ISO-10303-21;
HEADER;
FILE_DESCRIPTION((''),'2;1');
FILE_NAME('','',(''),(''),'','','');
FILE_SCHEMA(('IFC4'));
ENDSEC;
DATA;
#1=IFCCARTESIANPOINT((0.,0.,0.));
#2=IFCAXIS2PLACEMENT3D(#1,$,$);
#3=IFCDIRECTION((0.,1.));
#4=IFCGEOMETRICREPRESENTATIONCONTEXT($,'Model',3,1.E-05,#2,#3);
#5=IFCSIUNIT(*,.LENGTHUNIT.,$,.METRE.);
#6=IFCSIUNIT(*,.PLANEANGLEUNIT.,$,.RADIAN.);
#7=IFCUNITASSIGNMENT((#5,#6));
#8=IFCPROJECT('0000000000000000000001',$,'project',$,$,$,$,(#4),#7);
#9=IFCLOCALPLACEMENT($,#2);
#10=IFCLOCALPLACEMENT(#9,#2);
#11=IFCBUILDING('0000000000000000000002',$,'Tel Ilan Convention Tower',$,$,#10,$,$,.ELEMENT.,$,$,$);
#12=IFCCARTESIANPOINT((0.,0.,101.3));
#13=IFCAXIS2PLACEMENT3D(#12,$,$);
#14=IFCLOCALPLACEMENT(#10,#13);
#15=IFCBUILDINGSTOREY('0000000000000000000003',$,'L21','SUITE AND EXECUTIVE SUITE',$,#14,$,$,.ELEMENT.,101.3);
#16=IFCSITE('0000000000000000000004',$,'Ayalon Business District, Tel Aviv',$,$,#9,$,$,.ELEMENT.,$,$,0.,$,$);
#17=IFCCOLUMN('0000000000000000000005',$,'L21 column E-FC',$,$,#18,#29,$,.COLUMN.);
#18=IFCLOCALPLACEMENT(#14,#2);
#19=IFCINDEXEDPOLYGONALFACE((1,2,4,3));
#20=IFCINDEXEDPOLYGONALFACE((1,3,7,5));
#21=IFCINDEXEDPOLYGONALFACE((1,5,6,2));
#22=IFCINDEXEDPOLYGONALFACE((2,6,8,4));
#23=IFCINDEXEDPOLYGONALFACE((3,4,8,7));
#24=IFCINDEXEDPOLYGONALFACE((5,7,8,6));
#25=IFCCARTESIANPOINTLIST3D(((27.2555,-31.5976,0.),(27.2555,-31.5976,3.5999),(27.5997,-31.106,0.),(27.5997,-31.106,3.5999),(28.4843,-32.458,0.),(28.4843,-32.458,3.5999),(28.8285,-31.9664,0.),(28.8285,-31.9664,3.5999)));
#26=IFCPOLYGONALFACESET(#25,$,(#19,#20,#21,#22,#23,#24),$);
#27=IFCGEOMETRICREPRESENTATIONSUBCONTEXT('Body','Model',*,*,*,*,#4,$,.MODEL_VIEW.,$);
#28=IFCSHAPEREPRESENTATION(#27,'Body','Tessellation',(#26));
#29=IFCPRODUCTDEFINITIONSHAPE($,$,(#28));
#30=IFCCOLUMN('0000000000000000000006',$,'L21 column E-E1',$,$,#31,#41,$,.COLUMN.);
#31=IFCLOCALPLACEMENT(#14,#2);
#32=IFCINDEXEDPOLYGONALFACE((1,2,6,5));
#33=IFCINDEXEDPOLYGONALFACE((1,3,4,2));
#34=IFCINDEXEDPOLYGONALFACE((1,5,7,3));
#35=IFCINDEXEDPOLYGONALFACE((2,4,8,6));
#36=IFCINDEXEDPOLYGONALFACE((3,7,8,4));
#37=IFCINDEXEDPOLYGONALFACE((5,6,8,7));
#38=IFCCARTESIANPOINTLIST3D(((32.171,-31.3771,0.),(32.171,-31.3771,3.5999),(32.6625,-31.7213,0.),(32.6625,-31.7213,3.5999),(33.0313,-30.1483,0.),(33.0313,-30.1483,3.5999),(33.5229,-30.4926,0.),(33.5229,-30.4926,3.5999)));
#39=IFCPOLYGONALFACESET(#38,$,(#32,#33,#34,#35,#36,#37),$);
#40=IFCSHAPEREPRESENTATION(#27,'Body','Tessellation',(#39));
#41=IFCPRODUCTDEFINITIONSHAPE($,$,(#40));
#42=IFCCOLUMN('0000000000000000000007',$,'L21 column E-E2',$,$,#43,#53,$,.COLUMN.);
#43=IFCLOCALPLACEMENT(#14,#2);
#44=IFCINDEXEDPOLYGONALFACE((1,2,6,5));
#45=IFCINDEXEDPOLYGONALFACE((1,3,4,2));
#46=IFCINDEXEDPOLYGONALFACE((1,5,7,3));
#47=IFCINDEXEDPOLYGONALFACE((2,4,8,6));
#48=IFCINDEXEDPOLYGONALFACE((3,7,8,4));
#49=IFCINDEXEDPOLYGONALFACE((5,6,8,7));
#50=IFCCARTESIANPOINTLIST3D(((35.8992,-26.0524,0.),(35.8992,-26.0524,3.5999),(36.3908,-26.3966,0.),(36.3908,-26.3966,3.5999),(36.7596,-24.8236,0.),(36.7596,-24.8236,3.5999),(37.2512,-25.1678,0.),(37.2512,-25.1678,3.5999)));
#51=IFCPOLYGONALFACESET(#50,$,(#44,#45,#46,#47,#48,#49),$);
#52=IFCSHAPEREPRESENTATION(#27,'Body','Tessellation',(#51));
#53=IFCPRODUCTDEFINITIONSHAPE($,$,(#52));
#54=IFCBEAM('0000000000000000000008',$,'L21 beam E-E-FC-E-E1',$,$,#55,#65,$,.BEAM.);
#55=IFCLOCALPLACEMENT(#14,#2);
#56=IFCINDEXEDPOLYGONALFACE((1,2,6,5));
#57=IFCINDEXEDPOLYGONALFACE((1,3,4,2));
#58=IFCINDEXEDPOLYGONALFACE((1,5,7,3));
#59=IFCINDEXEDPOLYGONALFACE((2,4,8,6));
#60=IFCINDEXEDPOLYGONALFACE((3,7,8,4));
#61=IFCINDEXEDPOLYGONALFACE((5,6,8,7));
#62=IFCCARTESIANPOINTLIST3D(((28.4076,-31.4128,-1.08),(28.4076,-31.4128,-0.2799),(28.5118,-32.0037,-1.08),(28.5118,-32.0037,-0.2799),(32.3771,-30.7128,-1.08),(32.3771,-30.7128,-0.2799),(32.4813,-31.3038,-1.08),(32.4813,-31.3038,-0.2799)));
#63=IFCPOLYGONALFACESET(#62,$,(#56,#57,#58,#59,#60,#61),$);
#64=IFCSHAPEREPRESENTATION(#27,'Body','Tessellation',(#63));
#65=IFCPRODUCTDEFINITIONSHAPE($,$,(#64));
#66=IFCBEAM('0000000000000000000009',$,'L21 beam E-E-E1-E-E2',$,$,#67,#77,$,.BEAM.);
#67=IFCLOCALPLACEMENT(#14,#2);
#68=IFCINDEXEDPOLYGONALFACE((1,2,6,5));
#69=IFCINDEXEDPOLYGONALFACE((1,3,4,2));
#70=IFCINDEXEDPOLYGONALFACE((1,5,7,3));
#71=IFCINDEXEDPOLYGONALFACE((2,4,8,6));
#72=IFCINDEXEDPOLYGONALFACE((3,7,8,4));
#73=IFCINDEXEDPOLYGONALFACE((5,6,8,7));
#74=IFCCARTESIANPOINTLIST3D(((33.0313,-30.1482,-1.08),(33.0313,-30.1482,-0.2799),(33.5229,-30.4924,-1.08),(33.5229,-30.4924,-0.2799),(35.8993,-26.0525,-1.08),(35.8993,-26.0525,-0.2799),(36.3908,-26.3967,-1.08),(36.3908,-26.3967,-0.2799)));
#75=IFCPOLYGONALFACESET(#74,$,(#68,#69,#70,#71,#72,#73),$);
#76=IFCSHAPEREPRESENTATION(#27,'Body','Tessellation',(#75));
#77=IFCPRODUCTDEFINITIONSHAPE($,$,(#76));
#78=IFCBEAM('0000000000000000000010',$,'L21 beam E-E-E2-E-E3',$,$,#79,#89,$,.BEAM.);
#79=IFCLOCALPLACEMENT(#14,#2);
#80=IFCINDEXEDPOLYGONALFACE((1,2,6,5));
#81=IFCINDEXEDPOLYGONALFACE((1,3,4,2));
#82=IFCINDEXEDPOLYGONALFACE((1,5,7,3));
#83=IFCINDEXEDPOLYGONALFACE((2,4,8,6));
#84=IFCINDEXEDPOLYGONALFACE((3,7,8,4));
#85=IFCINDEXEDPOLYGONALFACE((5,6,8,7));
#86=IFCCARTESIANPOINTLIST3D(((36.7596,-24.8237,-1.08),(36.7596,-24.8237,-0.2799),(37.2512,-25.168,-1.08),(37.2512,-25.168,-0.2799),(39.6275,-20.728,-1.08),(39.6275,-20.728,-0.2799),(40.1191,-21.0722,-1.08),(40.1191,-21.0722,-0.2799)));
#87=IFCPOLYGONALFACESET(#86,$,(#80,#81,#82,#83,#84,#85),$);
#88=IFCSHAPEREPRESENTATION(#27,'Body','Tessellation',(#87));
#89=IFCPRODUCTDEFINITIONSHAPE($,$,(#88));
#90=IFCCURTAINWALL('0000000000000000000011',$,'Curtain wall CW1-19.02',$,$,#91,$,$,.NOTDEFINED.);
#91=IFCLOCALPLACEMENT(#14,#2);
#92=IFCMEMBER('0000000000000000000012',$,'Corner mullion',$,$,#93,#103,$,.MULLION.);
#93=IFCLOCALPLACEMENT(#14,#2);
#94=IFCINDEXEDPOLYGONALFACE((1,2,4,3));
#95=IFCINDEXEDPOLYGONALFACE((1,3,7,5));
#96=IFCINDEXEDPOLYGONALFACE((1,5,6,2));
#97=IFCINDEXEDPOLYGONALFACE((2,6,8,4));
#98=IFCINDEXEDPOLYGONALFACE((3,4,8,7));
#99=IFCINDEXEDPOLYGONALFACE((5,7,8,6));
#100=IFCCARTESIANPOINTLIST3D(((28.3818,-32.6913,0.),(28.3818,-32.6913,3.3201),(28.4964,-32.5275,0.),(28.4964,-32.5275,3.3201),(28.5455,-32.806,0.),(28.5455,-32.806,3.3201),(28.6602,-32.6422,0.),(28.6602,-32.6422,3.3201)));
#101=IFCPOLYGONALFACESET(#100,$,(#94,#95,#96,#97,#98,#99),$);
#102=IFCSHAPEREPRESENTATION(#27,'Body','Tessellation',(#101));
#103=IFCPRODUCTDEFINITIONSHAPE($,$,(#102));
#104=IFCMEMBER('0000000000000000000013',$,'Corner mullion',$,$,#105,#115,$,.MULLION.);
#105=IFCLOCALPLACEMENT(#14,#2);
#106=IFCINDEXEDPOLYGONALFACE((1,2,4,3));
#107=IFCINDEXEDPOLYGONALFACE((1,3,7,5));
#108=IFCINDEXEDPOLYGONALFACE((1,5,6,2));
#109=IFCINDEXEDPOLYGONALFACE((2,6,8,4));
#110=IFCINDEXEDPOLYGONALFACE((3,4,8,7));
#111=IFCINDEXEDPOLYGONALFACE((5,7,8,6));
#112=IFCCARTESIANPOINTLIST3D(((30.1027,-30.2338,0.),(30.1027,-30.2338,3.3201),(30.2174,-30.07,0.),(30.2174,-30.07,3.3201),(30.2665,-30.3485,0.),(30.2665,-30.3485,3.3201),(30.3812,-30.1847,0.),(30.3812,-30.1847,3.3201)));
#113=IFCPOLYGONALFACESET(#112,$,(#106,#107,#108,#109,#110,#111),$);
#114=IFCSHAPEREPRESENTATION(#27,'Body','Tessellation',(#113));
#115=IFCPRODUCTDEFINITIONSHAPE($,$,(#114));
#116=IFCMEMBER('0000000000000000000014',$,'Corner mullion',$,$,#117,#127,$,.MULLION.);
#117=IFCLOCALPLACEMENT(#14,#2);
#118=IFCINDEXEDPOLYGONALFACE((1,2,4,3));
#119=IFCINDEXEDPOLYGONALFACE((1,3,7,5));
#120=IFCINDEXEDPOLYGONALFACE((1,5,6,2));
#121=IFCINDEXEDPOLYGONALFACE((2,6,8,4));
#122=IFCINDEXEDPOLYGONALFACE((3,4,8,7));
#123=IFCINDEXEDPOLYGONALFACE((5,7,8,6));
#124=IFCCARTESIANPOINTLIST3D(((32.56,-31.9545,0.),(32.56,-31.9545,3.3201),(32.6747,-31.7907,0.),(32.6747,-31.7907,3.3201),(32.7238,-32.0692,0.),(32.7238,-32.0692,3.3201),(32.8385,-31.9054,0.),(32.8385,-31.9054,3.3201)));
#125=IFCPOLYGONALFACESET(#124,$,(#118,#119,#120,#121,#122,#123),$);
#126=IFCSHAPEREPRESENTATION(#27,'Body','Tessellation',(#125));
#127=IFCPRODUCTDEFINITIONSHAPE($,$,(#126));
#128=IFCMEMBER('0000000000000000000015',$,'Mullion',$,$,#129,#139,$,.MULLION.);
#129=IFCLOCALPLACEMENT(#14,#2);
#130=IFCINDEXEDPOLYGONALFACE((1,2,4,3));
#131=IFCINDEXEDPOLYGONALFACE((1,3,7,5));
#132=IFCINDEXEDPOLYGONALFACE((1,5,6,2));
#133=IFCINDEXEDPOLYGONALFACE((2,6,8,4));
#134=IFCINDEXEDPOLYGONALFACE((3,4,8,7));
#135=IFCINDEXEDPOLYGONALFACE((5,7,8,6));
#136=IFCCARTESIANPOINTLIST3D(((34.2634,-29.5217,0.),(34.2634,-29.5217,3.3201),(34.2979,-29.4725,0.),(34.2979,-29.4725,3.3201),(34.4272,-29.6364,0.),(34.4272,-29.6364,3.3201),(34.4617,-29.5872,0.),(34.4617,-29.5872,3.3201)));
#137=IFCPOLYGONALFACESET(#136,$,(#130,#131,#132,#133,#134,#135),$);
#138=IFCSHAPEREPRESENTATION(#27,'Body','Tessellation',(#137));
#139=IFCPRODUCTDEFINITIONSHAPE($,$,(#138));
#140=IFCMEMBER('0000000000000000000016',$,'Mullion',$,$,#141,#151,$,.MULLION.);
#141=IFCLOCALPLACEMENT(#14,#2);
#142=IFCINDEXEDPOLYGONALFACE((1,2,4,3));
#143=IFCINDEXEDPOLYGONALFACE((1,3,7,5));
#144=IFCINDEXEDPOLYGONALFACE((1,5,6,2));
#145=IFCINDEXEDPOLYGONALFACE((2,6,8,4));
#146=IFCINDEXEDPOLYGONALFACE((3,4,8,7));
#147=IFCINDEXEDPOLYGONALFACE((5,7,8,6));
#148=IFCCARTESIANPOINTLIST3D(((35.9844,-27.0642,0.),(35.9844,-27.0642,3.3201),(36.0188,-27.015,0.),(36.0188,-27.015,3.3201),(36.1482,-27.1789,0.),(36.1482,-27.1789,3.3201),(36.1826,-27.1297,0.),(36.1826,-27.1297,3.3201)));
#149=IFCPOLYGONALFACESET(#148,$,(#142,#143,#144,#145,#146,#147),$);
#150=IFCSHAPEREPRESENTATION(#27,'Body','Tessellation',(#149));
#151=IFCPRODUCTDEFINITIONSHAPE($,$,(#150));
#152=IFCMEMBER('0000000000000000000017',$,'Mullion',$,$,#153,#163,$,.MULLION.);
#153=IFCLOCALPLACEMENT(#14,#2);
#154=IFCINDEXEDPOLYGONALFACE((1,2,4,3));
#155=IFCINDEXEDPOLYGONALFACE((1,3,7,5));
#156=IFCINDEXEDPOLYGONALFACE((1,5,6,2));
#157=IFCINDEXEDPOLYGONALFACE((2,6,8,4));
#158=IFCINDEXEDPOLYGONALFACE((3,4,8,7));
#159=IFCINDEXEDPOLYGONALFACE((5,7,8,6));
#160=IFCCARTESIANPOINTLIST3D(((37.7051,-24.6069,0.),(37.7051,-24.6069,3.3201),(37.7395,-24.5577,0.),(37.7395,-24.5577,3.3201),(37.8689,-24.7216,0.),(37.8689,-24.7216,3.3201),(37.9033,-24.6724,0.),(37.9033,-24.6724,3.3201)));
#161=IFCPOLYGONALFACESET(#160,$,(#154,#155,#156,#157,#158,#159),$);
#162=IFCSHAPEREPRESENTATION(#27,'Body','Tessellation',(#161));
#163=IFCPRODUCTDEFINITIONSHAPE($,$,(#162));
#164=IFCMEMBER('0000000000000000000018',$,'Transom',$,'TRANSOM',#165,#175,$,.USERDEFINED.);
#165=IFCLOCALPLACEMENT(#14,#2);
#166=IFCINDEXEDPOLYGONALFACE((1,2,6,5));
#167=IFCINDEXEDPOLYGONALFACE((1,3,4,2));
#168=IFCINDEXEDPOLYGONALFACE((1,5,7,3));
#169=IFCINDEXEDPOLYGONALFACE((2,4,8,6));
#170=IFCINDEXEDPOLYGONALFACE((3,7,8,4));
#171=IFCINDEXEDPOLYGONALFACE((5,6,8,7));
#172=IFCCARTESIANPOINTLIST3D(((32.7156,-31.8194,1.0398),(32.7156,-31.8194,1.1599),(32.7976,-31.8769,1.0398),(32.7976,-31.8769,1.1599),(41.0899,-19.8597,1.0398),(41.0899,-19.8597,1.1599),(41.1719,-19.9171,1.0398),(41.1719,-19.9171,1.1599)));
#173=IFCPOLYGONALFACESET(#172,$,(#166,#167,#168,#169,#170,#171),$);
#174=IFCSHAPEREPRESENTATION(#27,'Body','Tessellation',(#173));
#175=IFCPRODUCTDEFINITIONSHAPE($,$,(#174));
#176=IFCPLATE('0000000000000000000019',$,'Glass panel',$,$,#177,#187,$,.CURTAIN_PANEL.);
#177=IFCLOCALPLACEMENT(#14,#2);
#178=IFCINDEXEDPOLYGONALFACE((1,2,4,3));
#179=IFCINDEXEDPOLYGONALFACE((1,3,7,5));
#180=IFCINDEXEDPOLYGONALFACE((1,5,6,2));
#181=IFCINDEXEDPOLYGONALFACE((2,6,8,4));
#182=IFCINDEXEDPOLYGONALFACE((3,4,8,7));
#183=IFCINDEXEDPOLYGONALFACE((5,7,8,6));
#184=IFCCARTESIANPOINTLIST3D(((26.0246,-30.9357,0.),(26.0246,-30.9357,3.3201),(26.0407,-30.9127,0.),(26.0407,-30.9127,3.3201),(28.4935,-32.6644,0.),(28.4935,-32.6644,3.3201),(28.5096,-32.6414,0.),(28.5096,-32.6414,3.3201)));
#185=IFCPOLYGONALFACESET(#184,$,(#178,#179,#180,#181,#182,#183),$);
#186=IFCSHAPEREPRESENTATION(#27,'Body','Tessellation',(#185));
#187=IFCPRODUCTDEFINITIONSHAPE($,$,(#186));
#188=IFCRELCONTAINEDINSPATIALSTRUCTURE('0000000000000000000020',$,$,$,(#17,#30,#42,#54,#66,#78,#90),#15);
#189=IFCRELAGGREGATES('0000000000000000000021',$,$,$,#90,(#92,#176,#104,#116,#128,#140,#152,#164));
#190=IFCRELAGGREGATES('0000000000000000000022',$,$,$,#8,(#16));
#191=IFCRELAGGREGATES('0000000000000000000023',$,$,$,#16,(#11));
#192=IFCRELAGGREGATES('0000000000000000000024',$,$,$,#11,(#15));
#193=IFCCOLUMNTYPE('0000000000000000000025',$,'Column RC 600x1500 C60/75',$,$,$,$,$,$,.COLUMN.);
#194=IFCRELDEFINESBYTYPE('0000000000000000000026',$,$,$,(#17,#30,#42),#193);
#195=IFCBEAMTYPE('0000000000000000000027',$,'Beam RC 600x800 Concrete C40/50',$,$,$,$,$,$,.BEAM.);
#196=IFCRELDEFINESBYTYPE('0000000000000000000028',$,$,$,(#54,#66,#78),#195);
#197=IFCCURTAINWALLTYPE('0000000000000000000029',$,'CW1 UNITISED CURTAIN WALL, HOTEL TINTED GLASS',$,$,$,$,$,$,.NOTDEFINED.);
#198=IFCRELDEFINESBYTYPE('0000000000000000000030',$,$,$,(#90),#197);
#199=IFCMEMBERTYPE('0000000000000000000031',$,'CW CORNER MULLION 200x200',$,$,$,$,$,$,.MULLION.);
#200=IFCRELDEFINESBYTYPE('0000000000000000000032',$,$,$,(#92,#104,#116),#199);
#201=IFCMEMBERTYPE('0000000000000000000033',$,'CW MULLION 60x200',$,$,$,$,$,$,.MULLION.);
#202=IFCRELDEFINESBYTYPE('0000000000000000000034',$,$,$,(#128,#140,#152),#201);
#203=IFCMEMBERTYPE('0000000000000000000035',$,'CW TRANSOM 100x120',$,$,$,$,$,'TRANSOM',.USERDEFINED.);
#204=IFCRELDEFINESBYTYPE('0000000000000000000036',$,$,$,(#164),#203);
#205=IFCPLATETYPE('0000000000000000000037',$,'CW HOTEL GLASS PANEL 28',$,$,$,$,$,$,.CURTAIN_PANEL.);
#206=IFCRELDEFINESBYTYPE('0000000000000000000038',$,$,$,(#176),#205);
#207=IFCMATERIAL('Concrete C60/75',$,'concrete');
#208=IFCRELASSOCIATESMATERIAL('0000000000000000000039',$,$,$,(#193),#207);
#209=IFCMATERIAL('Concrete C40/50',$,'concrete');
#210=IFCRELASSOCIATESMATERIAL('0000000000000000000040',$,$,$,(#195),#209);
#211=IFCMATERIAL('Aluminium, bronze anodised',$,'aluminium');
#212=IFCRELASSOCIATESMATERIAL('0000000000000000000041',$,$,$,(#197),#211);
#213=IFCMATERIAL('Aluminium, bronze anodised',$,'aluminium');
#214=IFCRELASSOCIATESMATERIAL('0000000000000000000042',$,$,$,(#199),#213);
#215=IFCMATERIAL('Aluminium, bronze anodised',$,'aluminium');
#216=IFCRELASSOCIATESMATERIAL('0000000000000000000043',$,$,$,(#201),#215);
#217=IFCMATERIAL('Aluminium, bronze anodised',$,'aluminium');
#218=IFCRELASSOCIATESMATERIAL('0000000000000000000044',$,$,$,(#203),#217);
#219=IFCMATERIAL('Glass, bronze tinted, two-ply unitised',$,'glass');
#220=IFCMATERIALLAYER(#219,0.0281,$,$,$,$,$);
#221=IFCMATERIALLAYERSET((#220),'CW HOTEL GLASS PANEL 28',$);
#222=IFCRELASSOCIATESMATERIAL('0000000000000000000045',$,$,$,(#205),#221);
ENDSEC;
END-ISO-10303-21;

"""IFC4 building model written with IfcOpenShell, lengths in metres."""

from ifc_helpers import new_model, si_unit, direction, frame, origin, origin_2d, place, context, subcontext, project, spatial, rectangle, extrude, material, layer, layer_set, material_profile, profile_set, type_object, element, aggregate, save


model = new_model("IFC4")

# Units and contexts
model_context = context("Model", 3, precision=1e-05, world=origin(), true_north=direction((0.0, 1.0)))
body_context = subcontext(model_context, "Body", "Model", "MODEL_VIEW")
ifc_project = project(units=[si_unit("LENGTHUNIT", "METRE"), si_unit("PLANEANGLEUNIT", "RADIAN")], contexts=[model_context])

# Site, building, storey
site_placement = place(None, origin())
site = spatial("IfcSite", under=ifc_project, at=site_placement, Name="Ayalon Business District, Tel Aviv", CompositionType="ELEMENT", RefElevation=0.0)
building_placement = place(site_placement, origin())
building = spatial("IfcBuilding", under=site, at=building_placement, Name="Tel Ilan Convention Tower", CompositionType="ELEMENT")
storey_placement = place(building_placement, frame((0.0, 0.0, 101.3)))
storey = spatial("IfcBuildingStorey", under=building, at=storey_placement, Name="L21", Description="SUITE AND EXECUTIVE SUITE", CompositionType="ELEMENT", Elevation=101.3)

# Columns
ifc_material_1 = material(Name="Concrete C60/75", Category="concrete")
ifc_material_profile_1 = material_profile(ifc_material_1, rectangle(XDim=1.5, YDim=0.6001, at=origin_2d()), Name="RC 600x1500")
ifc_profile_set_1 = profile_set([ifc_material_profile_1], Name="Concrete C60/75")
column_type = type_object("IfcColumnType", Name="Column RC 600x1500 C60/75", PredefinedType="COLUMN", material=ifc_profile_set_1)
for number, where, z_axis, x_axis, name in (
    (1, (28.042, -31.782, 0.0), (0.0, 0.0, 1.0), (0.819152, -0.573576, 0.0), "L21 column E-FC"),
    (2, (32.8469, -30.9348, 0.0), (0.0, 0.0, 1.0), (0.573576, 0.819152, 0.0), "L21 column E-E1"),
    (3, (36.5752, -25.6101, 0.0), (0.0, 0.0, 1.0), (0.573576, 0.819152, 0.0), "L21 column E-E2"),
):
    element("IfcColumn", number, at=place(storey_placement, frame(where, z_axis=z_axis, x_axis=x_axis)), inside=storey, type_object=column_type, Name=name, PredefinedType="COLUMN", context=body_context, shape_type="SweptSolid", body=[
        extrude(rectangle(XDim=1.5, YDim=0.6001, at=origin_2d()), origin(), (0.0, 0.0, 1.0), 3.5999),
    ])

# Beams
ifc_material_2 = material(Name="Concrete C40/50", Category="concrete")
ifc_material_profile_2 = material_profile(ifc_material_2, rectangle(XDim=0.6001, YDim=0.8, at=origin_2d()), Name="RC 600x800")
ifc_profile_set_2 = profile_set([ifc_material_profile_2], Name="Concrete C40/50")
beam_type = type_object("IfcBeamType", Name="Beam RC 600x800 Concrete C40/50", PredefinedType="BEAM", material=ifc_profile_set_2)
beam_placement = place(storey_placement, frame((28.4597, -31.7083, -0.6799), z_axis=(0.984807, 0.173654, 0.0), x_axis=(-0.173654, 0.984807, 0.0)))
element("IfcBeam", 4, at=beam_placement, inside=storey, type_object=beam_type, Name="L21 beam E-E-FC-E-E1", PredefinedType="BEAM", context=body_context, shape_type="SweptSolid", body=[
    extrude(rectangle(XDim=0.6001, YDim=0.8, at=origin_2d()), origin(), (0.0, 0.0, 1.0), 4.0308),
])
for number, where, z_axis, x_axis, name in (
    (5, (33.2771, -30.3203, -0.6799), (0.573587, 0.819145, 0.0), (-0.819145, 0.573587, 0.0), "L21 beam E-E-E1-E-E2"),
    (6, (37.0054, -24.9958, -0.6799), (0.573587, 0.819145, 0.0), (-0.819145, 0.573587, 0.0), "L21 beam E-E-E2-E-E3"),
):
    element("IfcBeam", number, at=place(storey_placement, frame(where, z_axis=z_axis, x_axis=x_axis)), inside=storey, type_object=beam_type, Name=name, PredefinedType="BEAM", context=body_context, shape_type="SweptSolid", body=[
        extrude(rectangle(XDim=0.6001, YDim=0.8, at=origin_2d()), origin(), (0.0, 0.0, 1.0), 5.0),
    ])

# Curtain wall, members, plate
ifc_material_3 = material(Name="Aluminium, bronze anodised", Category="aluminium")
curtain_wall_type = type_object("IfcCurtainWallType", Name="CW1 UNITISED CURTAIN WALL, HOTEL TINTED GLASS", PredefinedType="NOTDEFINED", material=ifc_material_3)
curtain_wall_placement = place(storey_placement, origin())
curtain_wall = element("IfcCurtainWall", 7, at=curtain_wall_placement, inside=storey, type_object=curtain_wall_type, Name="Curtain wall CW1-19.02", PredefinedType="NOTDEFINED")
ifc_material_4 = material(Name="Aluminium, bronze anodised", Category="aluminium")
ifc_material_profile_3 = material_profile(ifc_material_4, rectangle(XDim=0.2, YDim=0.2, at=origin_2d()), Name="CW CORNER MULLION 200x200")
ifc_profile_set_3 = profile_set([ifc_material_profile_3], Name="Aluminium, bronze anodised")
member_type_1 = type_object("IfcMemberType", Name="CW CORNER MULLION 200x200", PredefinedType="MULLION", material=ifc_profile_set_3)
member_1_placement = place(storey_placement, frame((28.521, -32.6667, 0.0), z_axis=(0.0, 0.0, 1.0), x_axis=(0.819152, -0.573576, 0.0)))
member_1 = element("IfcMember", 8, at=member_1_placement, type_object=member_type_1, Name="Corner mullion", PredefinedType="MULLION", context=body_context, shape_type="SweptSolid", body=[
    extrude(rectangle(XDim=0.2, YDim=0.2, at=origin_2d()), origin(), (0.0, 0.0, 1.0), 3.3201),
])
member_2_placement = place(storey_placement, frame((30.2419, -30.2092, 0.0), z_axis=(0.0, 0.0, 1.0), x_axis=(0.573576, 0.819152, 0.0)))
member_2 = element("IfcMember", 9, at=member_2_placement, type_object=member_type_1, Name="Corner mullion", PredefinedType="MULLION", context=body_context, shape_type="SweptSolid", body=[
    extrude(rectangle(XDim=0.2, YDim=0.2, at=origin_2d()), origin(), (0.0, 0.0, 1.0), 3.3201),
])
member_3_placement = place(storey_placement, frame((32.6992, -31.9299, 0.0), z_axis=(0.0, 0.0, 1.0), x_axis=(0.819152, -0.573576, 0.0)))
member_3 = element("IfcMember", 10, at=member_3_placement, type_object=member_type_1, Name="Corner mullion", PredefinedType="MULLION", context=body_context, shape_type="SweptSolid", body=[
    extrude(rectangle(XDim=0.2, YDim=0.2, at=origin_2d()), origin(), (0.0, 0.0, 1.0), 3.3201),
])
ifc_material_5 = material(Name="Aluminium, bronze anodised", Category="aluminium")
ifc_material_profile_4 = material_profile(ifc_material_5, rectangle(XDim=0.0601, YDim=0.2, at=origin_2d()), Name="CW MULLION 60x200")
ifc_profile_set_4 = profile_set([ifc_material_profile_4], Name="Aluminium, bronze anodised")
member_type_2 = type_object("IfcMemberType", Name="CW MULLION 60x200", PredefinedType="MULLION", material=ifc_profile_set_4)
member_4_placement = place(storey_placement, frame((34.3625, -29.5544, 0.0), z_axis=(0.0, 0.0, 1.0), x_axis=(0.573576, 0.819152, 0.0)))
member_4 = element("IfcMember", 11, at=member_4_placement, type_object=member_type_2, Name="Mullion", PredefinedType="MULLION", context=body_context, shape_type="SweptSolid", body=[
    extrude(rectangle(XDim=0.0601, YDim=0.2, at=origin_2d()), origin(), (0.0, 0.0, 1.0), 3.3201),
])
member_5_placement = place(storey_placement, frame((36.0835, -27.0969, 0.0), z_axis=(0.0, 0.0, 1.0), x_axis=(0.573576, 0.819152, 0.0)))
member_5 = element("IfcMember", 12, at=member_5_placement, type_object=member_type_2, Name="Mullion", PredefinedType="MULLION", context=body_context, shape_type="SweptSolid", body=[
    extrude(rectangle(XDim=0.0601, YDim=0.2, at=origin_2d()), origin(), (0.0, 0.0, 1.0), 3.3201),
])
member_6_placement = place(storey_placement, frame((37.8042, -24.6396, 0.0), z_axis=(0.0, 0.0, 1.0), x_axis=(0.573576, 0.819152, 0.0)))
member_6 = element("IfcMember", 13, at=member_6_placement, type_object=member_type_2, Name="Mullion", PredefinedType="MULLION", context=body_context, shape_type="SweptSolid", body=[
    extrude(rectangle(XDim=0.0601, YDim=0.2, at=origin_2d()), origin(), (0.0, 0.0, 1.0), 3.3201),
])
ifc_material_6 = material(Name="Aluminium, bronze anodised", Category="aluminium")
ifc_material_profile_5 = material_profile(ifc_material_6, rectangle(XDim=0.1001, YDim=0.1201, at=origin_2d()), Name="CW TRANSOM 100x120")
ifc_profile_set_5 = profile_set([ifc_material_profile_5], Name="Aluminium, bronze anodised")
member_type_3 = type_object("IfcMemberType", Name="CW TRANSOM 100x120", ElementType="TRANSOM", PredefinedType="USERDEFINED", material=ifc_profile_set_5)
member_7_placement = place(storey_placement, frame((32.7566, -31.8481, 1.0999), z_axis=(0.573576, 0.819153, 0.0), x_axis=(-0.819153, 0.573576, 0.0)))
member_7 = element("IfcMember", 14, at=member_7_placement, type_object=member_type_3, Name="Transom", ObjectType="TRANSOM", PredefinedType="USERDEFINED", context=body_context, shape_type="SweptSolid", body=[
    extrude(rectangle(XDim=0.1001, YDim=0.1201, at=origin_2d()), origin(), (0.0, 0.0, 1.0), 14.6001),
])
ifc_material_7 = material(Name="Glass, bronze tinted, two-ply unitised", Category="glass")
ifc_layer_1 = layer(ifc_material_7, 0.0281)
ifc_layer_set_1 = layer_set([ifc_layer_1], Name="CW HOTEL GLASS PANEL 28")
plate_type = type_object("IfcPlateType", Name="CW HOTEL GLASS PANEL 28", PredefinedType="CURTAIN_PANEL", material=ifc_layer_set_1)
plate_1_placement = place(storey_placement, frame((27.2671, -31.7886, 0.0), z_axis=(0.0, 0.0, 1.0), x_axis=(0.819152, -0.573576, 0.0)))
plate_1 = element("IfcPlate", 15, at=plate_1_placement, type_object=plate_type, Name="Glass panel", PredefinedType="CURTAIN_PANEL", context=body_context, shape_type="SweptSolid", body=[
    extrude(rectangle(XDim=3.0139, YDim=0.0281, at=origin_2d()), origin(), (0.0, 0.0, 1.0), 3.3201),
])
aggregate(curtain_wall, [member_1, plate_1, member_2, member_3, member_4, member_5, member_6, member_7])

save(model, "model.ifc")
